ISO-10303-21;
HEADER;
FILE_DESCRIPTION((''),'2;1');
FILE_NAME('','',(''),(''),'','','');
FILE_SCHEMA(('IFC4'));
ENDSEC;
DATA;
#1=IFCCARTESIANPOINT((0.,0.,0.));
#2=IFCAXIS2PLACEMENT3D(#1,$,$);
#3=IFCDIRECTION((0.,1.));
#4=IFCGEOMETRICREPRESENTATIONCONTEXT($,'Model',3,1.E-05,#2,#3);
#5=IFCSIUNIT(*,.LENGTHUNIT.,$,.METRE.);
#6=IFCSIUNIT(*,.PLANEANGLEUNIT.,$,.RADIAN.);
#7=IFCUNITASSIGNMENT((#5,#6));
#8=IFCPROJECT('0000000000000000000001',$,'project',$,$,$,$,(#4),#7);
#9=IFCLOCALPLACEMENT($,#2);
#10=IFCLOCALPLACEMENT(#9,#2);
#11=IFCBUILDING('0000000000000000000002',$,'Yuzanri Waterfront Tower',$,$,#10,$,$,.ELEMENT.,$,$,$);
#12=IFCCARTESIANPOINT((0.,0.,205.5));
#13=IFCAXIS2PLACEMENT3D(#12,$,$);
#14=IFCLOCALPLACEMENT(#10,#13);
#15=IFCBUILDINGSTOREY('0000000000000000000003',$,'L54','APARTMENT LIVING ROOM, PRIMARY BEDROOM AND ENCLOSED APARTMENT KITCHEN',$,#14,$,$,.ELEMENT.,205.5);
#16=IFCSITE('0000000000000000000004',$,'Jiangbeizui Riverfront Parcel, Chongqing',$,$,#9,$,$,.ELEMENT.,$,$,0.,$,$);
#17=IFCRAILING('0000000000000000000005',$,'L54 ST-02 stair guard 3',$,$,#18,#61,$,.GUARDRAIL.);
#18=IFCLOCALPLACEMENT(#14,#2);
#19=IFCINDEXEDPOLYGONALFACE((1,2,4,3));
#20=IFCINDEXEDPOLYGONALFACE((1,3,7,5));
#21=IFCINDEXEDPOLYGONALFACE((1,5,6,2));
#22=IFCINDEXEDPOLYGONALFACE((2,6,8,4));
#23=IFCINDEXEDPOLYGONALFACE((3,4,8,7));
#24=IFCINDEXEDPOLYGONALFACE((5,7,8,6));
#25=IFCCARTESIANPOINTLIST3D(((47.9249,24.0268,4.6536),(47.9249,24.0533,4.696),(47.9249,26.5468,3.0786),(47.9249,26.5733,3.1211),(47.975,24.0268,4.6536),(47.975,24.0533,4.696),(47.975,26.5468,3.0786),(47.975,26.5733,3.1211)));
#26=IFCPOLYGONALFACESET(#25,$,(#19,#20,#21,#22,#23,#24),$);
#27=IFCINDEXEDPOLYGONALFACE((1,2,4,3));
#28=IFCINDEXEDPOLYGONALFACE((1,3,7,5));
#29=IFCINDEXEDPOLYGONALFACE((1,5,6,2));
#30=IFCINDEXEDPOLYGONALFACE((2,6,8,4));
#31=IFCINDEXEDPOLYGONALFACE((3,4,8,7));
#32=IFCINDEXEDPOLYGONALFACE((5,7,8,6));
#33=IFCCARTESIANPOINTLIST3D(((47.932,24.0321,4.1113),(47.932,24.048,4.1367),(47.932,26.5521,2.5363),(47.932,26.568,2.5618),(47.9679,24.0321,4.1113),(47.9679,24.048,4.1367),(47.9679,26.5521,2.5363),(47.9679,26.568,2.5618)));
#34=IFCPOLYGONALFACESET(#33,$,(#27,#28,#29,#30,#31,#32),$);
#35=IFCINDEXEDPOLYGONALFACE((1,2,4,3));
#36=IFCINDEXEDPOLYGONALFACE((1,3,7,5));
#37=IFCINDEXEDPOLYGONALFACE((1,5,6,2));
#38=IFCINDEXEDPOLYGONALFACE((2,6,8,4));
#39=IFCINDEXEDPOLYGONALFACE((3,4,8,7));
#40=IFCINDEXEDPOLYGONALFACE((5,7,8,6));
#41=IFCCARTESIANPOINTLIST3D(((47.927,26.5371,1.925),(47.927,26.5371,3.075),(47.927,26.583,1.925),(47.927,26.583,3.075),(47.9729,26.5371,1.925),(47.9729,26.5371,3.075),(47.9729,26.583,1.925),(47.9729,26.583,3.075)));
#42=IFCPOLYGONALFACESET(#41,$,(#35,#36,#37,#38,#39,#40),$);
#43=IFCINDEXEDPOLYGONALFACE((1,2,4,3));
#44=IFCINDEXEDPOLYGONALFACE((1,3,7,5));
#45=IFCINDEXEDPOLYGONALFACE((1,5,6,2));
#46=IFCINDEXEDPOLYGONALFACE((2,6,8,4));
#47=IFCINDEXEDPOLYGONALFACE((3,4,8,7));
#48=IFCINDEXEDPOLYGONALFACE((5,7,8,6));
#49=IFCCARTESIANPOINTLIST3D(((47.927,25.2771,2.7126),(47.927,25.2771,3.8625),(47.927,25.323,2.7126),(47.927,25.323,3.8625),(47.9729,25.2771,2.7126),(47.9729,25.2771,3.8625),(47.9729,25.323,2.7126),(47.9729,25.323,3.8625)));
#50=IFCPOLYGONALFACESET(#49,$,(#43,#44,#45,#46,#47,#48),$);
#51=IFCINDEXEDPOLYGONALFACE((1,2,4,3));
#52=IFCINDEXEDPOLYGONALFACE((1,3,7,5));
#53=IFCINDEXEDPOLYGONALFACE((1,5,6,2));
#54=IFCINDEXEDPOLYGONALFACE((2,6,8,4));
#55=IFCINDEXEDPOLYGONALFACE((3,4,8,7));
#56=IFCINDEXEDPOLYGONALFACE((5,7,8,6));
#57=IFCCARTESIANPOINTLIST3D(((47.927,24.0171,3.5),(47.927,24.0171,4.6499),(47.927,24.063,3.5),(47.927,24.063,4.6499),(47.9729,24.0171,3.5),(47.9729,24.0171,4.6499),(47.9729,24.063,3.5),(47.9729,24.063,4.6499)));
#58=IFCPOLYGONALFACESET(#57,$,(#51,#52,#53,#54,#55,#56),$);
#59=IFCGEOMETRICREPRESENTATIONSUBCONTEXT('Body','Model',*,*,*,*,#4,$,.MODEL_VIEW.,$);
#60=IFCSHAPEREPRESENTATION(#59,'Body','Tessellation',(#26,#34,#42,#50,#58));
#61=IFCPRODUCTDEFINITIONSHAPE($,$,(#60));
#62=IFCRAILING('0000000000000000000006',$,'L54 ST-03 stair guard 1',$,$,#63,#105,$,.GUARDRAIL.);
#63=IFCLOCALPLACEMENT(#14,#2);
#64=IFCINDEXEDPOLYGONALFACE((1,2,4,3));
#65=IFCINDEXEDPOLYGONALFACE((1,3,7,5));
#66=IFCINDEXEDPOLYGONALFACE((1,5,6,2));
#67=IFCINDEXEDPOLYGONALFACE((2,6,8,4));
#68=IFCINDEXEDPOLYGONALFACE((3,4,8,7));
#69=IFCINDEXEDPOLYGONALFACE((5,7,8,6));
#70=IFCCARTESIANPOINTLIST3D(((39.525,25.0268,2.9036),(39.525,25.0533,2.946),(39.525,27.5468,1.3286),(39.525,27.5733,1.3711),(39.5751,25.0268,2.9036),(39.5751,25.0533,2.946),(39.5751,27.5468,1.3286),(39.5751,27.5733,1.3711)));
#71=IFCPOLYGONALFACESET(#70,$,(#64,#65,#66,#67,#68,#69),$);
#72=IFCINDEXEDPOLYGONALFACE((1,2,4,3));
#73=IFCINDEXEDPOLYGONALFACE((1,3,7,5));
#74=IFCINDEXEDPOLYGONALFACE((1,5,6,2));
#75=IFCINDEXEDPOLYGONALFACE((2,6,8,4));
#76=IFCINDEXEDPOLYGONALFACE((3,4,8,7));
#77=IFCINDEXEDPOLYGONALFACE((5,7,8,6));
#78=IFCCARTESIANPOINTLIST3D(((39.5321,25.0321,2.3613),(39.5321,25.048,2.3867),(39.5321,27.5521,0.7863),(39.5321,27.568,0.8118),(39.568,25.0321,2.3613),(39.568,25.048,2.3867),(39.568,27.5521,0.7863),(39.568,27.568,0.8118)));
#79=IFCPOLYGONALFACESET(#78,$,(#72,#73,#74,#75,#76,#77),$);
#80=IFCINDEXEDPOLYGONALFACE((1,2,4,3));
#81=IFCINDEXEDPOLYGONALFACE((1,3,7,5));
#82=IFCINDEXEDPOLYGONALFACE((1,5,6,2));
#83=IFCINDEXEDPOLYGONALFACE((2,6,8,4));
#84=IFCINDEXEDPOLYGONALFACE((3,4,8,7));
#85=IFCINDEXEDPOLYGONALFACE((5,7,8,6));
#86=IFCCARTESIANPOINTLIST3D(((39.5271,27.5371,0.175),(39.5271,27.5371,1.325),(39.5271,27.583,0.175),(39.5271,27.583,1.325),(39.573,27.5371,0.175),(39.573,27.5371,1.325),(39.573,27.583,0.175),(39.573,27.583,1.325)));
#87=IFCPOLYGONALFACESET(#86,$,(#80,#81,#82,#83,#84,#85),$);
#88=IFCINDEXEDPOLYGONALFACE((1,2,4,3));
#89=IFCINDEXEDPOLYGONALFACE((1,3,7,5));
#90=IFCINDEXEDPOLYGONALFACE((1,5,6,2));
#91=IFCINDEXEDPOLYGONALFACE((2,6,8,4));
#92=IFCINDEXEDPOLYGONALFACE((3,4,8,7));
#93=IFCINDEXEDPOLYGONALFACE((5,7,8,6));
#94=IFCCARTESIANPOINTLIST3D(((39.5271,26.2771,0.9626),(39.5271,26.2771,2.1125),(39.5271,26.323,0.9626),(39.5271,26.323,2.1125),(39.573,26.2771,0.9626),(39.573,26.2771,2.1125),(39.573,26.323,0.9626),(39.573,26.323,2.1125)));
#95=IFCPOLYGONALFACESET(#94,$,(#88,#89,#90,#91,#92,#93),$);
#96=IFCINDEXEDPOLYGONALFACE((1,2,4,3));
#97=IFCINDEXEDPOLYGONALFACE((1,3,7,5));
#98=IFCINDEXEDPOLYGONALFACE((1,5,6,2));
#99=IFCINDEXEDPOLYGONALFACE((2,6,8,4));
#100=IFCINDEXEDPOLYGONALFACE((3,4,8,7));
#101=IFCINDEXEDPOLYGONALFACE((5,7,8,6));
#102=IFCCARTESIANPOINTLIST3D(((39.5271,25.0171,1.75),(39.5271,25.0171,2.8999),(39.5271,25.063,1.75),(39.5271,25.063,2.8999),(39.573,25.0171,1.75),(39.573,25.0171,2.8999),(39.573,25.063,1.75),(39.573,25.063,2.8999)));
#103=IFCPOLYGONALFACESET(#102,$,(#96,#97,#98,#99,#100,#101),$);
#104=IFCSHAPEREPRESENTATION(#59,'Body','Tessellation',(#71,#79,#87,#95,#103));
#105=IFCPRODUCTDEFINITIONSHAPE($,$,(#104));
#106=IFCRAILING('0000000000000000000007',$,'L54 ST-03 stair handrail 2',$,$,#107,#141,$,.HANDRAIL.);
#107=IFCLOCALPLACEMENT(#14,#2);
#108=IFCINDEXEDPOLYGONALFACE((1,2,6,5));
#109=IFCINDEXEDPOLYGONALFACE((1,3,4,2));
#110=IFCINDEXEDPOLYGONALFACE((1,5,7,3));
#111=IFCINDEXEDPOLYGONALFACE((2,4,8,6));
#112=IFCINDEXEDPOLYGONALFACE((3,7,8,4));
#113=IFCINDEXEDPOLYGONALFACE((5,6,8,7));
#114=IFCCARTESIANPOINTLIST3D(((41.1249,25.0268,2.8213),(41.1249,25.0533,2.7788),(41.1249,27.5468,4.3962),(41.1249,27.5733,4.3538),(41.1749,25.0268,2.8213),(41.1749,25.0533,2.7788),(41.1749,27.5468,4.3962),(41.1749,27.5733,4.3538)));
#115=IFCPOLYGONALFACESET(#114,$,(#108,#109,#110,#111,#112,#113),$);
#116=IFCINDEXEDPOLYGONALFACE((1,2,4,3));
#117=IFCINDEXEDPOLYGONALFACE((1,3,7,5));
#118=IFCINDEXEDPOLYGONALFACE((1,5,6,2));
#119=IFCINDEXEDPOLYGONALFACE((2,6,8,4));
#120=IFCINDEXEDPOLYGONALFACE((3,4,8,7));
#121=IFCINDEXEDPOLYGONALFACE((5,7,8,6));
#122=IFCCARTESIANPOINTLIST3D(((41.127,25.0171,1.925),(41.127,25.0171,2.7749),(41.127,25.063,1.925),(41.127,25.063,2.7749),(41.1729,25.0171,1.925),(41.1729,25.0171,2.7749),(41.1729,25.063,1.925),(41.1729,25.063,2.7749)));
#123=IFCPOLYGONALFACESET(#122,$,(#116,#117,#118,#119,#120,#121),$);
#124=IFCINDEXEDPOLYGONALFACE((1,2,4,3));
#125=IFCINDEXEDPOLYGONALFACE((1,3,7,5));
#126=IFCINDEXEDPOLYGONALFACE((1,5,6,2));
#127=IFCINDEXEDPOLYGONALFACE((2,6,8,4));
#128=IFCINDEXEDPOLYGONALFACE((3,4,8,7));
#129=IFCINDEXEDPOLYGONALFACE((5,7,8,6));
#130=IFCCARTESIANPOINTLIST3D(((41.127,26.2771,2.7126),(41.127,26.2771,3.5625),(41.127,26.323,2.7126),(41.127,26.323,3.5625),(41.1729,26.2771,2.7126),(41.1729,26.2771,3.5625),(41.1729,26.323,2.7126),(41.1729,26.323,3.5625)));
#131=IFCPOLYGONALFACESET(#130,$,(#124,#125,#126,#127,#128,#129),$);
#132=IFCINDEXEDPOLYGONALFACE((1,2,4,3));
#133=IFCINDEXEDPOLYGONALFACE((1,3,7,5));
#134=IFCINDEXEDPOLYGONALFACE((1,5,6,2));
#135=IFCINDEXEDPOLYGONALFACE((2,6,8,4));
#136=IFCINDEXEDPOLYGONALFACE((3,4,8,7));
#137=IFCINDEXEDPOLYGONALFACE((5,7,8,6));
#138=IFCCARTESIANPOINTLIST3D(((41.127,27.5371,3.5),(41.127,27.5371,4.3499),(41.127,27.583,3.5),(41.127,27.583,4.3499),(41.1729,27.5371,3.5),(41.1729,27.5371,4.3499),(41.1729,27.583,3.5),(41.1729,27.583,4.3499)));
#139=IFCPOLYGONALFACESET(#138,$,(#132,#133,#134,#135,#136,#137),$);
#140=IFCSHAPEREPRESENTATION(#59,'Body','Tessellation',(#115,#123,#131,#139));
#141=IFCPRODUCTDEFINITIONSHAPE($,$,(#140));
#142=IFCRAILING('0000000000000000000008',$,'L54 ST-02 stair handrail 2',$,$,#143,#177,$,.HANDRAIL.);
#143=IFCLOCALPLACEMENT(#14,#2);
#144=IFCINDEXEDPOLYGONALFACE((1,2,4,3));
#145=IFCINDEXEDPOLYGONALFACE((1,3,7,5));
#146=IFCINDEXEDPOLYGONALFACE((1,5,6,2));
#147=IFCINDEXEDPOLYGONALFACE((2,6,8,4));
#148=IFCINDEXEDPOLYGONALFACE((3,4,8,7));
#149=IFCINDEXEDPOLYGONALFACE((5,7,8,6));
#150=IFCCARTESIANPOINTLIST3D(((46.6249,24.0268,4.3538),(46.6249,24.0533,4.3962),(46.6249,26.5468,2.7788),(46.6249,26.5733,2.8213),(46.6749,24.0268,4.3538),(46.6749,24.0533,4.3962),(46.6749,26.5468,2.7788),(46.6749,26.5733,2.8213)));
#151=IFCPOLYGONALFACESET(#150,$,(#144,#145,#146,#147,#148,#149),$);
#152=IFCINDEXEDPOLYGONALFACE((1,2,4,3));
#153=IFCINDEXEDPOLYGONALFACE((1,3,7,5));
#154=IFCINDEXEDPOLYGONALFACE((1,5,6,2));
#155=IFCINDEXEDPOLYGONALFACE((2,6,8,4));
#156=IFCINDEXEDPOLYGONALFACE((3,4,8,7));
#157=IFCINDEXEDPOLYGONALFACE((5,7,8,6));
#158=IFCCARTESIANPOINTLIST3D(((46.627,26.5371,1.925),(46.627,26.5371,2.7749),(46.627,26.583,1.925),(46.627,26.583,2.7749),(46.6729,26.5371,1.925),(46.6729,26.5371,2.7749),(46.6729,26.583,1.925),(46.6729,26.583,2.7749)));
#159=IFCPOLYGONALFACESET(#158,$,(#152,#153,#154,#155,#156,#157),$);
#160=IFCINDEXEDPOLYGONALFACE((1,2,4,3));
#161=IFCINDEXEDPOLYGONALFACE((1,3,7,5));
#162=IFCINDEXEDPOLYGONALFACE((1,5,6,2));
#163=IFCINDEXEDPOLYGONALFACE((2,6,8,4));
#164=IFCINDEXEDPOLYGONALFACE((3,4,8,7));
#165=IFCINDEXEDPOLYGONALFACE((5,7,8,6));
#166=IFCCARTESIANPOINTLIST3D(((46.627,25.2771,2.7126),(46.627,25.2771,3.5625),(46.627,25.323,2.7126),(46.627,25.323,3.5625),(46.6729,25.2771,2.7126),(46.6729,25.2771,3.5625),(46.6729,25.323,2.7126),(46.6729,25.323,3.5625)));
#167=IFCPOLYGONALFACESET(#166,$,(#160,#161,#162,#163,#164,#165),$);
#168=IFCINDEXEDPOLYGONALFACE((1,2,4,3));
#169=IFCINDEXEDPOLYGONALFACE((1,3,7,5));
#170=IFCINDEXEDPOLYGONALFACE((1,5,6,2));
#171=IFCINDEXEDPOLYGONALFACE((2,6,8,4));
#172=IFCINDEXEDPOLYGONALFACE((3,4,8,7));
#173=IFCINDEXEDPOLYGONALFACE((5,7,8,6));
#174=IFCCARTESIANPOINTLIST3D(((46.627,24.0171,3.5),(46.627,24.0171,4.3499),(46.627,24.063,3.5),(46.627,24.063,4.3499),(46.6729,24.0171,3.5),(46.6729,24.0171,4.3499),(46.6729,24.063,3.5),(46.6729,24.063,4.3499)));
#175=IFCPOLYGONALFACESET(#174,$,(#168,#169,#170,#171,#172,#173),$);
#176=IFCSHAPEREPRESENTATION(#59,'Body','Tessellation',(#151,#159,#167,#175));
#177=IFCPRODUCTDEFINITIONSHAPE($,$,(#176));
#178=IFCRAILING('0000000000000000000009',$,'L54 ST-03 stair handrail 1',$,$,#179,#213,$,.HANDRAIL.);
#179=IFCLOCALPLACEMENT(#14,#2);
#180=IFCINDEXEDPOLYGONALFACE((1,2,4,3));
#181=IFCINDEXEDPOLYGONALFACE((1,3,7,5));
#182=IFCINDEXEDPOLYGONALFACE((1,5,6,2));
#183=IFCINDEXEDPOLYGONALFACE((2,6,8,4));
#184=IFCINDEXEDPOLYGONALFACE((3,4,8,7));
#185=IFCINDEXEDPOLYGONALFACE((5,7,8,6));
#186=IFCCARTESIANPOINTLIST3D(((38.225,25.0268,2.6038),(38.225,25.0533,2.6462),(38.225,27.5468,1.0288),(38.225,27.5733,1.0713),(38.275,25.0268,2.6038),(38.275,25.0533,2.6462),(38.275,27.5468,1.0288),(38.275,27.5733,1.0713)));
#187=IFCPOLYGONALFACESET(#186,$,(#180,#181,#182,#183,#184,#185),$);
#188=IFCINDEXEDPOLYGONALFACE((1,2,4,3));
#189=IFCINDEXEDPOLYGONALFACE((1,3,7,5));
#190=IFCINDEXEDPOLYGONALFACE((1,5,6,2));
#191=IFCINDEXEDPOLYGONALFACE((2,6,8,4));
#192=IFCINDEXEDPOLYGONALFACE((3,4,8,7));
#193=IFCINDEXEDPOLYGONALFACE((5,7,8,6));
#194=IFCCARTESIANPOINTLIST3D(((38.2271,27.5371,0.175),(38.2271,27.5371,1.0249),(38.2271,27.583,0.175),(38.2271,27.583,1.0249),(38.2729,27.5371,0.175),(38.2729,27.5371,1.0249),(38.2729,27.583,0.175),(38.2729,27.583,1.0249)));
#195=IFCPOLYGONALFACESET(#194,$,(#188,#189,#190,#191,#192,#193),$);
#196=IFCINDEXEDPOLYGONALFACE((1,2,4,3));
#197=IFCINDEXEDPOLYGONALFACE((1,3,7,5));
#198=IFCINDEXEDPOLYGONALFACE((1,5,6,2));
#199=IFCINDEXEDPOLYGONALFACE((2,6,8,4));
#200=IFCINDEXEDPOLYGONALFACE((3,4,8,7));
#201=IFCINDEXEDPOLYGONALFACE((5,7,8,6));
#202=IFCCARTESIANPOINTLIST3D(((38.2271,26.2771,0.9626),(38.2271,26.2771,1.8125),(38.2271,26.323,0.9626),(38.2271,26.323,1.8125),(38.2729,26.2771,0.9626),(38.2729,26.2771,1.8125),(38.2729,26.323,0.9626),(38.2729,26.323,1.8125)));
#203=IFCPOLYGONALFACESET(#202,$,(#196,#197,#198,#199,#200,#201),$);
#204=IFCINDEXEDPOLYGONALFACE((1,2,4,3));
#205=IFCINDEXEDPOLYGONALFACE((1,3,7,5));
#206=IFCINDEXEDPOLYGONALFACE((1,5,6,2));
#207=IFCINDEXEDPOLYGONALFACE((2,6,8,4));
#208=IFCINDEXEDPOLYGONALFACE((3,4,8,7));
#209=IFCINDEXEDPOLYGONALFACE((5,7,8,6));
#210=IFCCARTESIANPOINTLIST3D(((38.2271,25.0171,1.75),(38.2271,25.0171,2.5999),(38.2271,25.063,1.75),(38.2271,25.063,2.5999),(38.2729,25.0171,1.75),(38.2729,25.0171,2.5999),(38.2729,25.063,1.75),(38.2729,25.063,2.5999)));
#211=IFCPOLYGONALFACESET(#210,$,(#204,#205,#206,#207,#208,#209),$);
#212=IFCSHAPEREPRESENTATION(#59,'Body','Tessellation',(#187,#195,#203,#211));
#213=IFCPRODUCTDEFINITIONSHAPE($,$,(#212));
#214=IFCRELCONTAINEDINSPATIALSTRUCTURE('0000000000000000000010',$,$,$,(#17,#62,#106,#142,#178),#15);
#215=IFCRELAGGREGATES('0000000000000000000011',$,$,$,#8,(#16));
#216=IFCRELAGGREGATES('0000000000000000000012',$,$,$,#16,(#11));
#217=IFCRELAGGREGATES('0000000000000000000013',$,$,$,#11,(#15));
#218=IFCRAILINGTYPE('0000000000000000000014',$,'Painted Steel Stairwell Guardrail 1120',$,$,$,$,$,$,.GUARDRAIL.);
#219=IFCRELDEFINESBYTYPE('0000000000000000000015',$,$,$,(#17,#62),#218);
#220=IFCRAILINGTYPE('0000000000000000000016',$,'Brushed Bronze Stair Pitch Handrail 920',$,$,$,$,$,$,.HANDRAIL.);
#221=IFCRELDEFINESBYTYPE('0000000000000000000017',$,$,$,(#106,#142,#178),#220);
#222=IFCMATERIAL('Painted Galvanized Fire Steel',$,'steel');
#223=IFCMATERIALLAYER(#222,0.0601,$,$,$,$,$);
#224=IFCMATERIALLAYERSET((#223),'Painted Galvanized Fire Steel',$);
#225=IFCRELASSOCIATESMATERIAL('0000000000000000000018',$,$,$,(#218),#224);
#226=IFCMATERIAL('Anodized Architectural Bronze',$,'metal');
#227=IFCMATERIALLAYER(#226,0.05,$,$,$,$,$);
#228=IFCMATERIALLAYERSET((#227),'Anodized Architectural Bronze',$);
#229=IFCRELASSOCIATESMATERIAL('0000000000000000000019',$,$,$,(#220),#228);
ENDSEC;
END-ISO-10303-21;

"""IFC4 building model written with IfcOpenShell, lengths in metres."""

from ifc_helpers import new_model, si_unit, direction, frame, origin, origin_2d, place, context, subcontext, project, spatial, rectangle, extrude, source, transform, mapped, material, layer, layer_set, type_object, element, save


model = new_model("IFC4")

# Units and contexts
model_context = context("Model", 3, precision=1e-05, world=origin(), true_north=direction((0.0, 1.0)))
body_context = subcontext(model_context, "Body", "Model", "MODEL_VIEW")
ifc_project = project(units=[si_unit("LENGTHUNIT", "METRE"), si_unit("PLANEANGLEUNIT", "RADIAN")], contexts=[model_context])

# Site, building, storey
site_placement = place(None, origin())
site = spatial("IfcSite", under=ifc_project, at=site_placement, Name="Jiangbeizui Riverfront Parcel, Chongqing", CompositionType="ELEMENT", RefElevation=0.0)
building_placement = place(site_placement, origin())
building = spatial("IfcBuilding", under=site, at=building_placement, Name="Yuzanri Waterfront Tower", CompositionType="ELEMENT")
storey_placement = place(building_placement, frame((0.0, 0.0, 205.5)))
storey = spatial("IfcBuildingStorey", under=building, at=storey_placement, Name="L54", Description="APARTMENT LIVING ROOM, PRIMARY BEDROOM AND ENCLOSED APARTMENT KITCHEN", CompositionType="ELEMENT", Elevation=205.5)

# Railings
ifc_material_1 = material(Name="Painted Galvanized Fire Steel", Category="steel")
ifc_layer_1 = layer(ifc_material_1, 0.0601)
ifc_layer_set_1 = layer_set([ifc_layer_1], Name="Painted Galvanized Fire Steel")
railing_type_1 = type_object("IfcRailingType", Name="Painted Steel Stairwell Guardrail 1120", PredefinedType="GUARDRAIL", material=ifc_layer_set_1)
shared_shape_1 = source(origin(), body_context, "Body", "SweptSolid", [
    extrude(rectangle(XDim=0.05, YDim=0.05, at=origin_2d()), frame((0.0, 0.0, 1.1748), z_axis=(0.0, -0.848008, 0.529984), x_axis=(1.0, 0.0, 0.0)), (0.0, 0.0, 1.0), 2.9717),
    extrude(rectangle(XDim=0.0359, YDim=0.03, at=origin_2d()), frame((0.0, 0.0, 0.624), z_axis=(0.0, -0.848008, 0.529984), x_axis=(1.0, 0.0, 0.0)), (0.0, 0.0, 1.0), 2.9717),
    extrude(rectangle(XDim=0.0459, YDim=0.0459, at=origin_2d()), origin(), (0.0, 0.0, 1.0), 1.1499),
    extrude(rectangle(XDim=0.0459, YDim=0.0459, at=origin_2d()), frame((0.0, -1.26, 0.7876)), (0.0, 0.0, 1.0), 1.1499),
    extrude(rectangle(XDim=0.0459, YDim=0.0459, at=origin_2d()), frame((0.0, -2.52, 1.575)), (0.0, 0.0, 1.0), 1.1499),
])
for number, where, name in (
    (1, (47.95, 26.5601, 1.925), "L54 ST-02 stair guard 3"),
    (2, (39.55, 27.5601, 0.175), "L54 ST-03 stair guard 1"),
):
    element("IfcRailing", number, at=place(storey_placement, frame(where)), inside=storey, type_object=railing_type_1, Name=name, PredefinedType="GUARDRAIL", context=body_context, shape_type="MappedRepresentation", body=[
        mapped(shared_shape_1, transform((0.0, 0.0, 0.0), scale=1.0)),
    ])
ifc_material_2 = material(Name="Anodized Architectural Bronze", Category="metal")
ifc_layer_2 = layer(ifc_material_2, 0.05)
ifc_layer_set_2 = layer_set([ifc_layer_2], Name="Anodized Architectural Bronze")
railing_type_2 = type_object("IfcRailingType", Name="Brushed Bronze Stair Pitch Handrail 920", PredefinedType="HANDRAIL", material=ifc_layer_set_2)
shared_shape_2 = source(origin(), body_context, "Body", "SweptSolid", [
    extrude(rectangle(XDim=0.05, YDim=0.05, at=origin_2d()), frame((0.0, 0.0, 0.875), z_axis=(0.0, 0.848008, 0.529984), x_axis=(-1.0, 0.0, 0.0)), (0.0, 0.0, 1.0), 2.9717),
    extrude(rectangle(XDim=0.0459, YDim=0.0459, at=origin_2d()), origin(), (0.0, 0.0, 1.0), 0.8499),
    extrude(rectangle(XDim=0.0459, YDim=0.0459, at=origin_2d()), frame((0.0, 1.26, 0.7876)), (0.0, 0.0, 1.0), 0.8499),
    extrude(rectangle(XDim=0.0459, YDim=0.0459, at=origin_2d()), frame((0.0, 2.52, 1.575)), (0.0, 0.0, 1.0), 0.8499),
])
railing_1_placement = place(storey_placement, frame((41.1499, 25.04, 1.925)))
element("IfcRailing", 3, at=railing_1_placement, inside=storey, type_object=railing_type_2, Name="L54 ST-03 stair handrail 2", PredefinedType="HANDRAIL", context=body_context, shape_type="MappedRepresentation", body=[
    mapped(shared_shape_2, transform((0.0, 0.0, 0.0), scale=1.0)),
])
shared_shape_3 = source(origin(), body_context, "Body", "SweptSolid", [
    extrude(rectangle(XDim=0.05, YDim=0.05, at=origin_2d()), frame((0.0, 0.0, 0.875), z_axis=(0.0, -0.848008, 0.529984), x_axis=(1.0, 0.0, 0.0)), (0.0, 0.0, 1.0), 2.9717),
    extrude(rectangle(XDim=0.0459, YDim=0.0459, at=origin_2d()), origin(), (0.0, 0.0, 1.0), 0.8499),
    extrude(rectangle(XDim=0.0459, YDim=0.0459, at=origin_2d()), frame((0.0, -1.26, 0.7876)), (0.0, 0.0, 1.0), 0.8499),
    extrude(rectangle(XDim=0.0459, YDim=0.0459, at=origin_2d()), frame((0.0, -2.52, 1.575)), (0.0, 0.0, 1.0), 0.8499),
])
for number, where, name in (
    (4, (46.6499, 26.5601, 1.925), "L54 ST-02 stair handrail 2"),
    (5, (38.25, 27.5601, 0.175), "L54 ST-03 stair handrail 1"),
):
    element("IfcRailing", number, at=place(storey_placement, frame(where)), inside=storey, type_object=railing_type_2, Name=name, PredefinedType="HANDRAIL", context=body_context, shape_type="MappedRepresentation", body=[
        mapped(shared_shape_3, transform((0.0, 0.0, 0.0), scale=1.0)),
    ])

save(model, "model.ifc")
